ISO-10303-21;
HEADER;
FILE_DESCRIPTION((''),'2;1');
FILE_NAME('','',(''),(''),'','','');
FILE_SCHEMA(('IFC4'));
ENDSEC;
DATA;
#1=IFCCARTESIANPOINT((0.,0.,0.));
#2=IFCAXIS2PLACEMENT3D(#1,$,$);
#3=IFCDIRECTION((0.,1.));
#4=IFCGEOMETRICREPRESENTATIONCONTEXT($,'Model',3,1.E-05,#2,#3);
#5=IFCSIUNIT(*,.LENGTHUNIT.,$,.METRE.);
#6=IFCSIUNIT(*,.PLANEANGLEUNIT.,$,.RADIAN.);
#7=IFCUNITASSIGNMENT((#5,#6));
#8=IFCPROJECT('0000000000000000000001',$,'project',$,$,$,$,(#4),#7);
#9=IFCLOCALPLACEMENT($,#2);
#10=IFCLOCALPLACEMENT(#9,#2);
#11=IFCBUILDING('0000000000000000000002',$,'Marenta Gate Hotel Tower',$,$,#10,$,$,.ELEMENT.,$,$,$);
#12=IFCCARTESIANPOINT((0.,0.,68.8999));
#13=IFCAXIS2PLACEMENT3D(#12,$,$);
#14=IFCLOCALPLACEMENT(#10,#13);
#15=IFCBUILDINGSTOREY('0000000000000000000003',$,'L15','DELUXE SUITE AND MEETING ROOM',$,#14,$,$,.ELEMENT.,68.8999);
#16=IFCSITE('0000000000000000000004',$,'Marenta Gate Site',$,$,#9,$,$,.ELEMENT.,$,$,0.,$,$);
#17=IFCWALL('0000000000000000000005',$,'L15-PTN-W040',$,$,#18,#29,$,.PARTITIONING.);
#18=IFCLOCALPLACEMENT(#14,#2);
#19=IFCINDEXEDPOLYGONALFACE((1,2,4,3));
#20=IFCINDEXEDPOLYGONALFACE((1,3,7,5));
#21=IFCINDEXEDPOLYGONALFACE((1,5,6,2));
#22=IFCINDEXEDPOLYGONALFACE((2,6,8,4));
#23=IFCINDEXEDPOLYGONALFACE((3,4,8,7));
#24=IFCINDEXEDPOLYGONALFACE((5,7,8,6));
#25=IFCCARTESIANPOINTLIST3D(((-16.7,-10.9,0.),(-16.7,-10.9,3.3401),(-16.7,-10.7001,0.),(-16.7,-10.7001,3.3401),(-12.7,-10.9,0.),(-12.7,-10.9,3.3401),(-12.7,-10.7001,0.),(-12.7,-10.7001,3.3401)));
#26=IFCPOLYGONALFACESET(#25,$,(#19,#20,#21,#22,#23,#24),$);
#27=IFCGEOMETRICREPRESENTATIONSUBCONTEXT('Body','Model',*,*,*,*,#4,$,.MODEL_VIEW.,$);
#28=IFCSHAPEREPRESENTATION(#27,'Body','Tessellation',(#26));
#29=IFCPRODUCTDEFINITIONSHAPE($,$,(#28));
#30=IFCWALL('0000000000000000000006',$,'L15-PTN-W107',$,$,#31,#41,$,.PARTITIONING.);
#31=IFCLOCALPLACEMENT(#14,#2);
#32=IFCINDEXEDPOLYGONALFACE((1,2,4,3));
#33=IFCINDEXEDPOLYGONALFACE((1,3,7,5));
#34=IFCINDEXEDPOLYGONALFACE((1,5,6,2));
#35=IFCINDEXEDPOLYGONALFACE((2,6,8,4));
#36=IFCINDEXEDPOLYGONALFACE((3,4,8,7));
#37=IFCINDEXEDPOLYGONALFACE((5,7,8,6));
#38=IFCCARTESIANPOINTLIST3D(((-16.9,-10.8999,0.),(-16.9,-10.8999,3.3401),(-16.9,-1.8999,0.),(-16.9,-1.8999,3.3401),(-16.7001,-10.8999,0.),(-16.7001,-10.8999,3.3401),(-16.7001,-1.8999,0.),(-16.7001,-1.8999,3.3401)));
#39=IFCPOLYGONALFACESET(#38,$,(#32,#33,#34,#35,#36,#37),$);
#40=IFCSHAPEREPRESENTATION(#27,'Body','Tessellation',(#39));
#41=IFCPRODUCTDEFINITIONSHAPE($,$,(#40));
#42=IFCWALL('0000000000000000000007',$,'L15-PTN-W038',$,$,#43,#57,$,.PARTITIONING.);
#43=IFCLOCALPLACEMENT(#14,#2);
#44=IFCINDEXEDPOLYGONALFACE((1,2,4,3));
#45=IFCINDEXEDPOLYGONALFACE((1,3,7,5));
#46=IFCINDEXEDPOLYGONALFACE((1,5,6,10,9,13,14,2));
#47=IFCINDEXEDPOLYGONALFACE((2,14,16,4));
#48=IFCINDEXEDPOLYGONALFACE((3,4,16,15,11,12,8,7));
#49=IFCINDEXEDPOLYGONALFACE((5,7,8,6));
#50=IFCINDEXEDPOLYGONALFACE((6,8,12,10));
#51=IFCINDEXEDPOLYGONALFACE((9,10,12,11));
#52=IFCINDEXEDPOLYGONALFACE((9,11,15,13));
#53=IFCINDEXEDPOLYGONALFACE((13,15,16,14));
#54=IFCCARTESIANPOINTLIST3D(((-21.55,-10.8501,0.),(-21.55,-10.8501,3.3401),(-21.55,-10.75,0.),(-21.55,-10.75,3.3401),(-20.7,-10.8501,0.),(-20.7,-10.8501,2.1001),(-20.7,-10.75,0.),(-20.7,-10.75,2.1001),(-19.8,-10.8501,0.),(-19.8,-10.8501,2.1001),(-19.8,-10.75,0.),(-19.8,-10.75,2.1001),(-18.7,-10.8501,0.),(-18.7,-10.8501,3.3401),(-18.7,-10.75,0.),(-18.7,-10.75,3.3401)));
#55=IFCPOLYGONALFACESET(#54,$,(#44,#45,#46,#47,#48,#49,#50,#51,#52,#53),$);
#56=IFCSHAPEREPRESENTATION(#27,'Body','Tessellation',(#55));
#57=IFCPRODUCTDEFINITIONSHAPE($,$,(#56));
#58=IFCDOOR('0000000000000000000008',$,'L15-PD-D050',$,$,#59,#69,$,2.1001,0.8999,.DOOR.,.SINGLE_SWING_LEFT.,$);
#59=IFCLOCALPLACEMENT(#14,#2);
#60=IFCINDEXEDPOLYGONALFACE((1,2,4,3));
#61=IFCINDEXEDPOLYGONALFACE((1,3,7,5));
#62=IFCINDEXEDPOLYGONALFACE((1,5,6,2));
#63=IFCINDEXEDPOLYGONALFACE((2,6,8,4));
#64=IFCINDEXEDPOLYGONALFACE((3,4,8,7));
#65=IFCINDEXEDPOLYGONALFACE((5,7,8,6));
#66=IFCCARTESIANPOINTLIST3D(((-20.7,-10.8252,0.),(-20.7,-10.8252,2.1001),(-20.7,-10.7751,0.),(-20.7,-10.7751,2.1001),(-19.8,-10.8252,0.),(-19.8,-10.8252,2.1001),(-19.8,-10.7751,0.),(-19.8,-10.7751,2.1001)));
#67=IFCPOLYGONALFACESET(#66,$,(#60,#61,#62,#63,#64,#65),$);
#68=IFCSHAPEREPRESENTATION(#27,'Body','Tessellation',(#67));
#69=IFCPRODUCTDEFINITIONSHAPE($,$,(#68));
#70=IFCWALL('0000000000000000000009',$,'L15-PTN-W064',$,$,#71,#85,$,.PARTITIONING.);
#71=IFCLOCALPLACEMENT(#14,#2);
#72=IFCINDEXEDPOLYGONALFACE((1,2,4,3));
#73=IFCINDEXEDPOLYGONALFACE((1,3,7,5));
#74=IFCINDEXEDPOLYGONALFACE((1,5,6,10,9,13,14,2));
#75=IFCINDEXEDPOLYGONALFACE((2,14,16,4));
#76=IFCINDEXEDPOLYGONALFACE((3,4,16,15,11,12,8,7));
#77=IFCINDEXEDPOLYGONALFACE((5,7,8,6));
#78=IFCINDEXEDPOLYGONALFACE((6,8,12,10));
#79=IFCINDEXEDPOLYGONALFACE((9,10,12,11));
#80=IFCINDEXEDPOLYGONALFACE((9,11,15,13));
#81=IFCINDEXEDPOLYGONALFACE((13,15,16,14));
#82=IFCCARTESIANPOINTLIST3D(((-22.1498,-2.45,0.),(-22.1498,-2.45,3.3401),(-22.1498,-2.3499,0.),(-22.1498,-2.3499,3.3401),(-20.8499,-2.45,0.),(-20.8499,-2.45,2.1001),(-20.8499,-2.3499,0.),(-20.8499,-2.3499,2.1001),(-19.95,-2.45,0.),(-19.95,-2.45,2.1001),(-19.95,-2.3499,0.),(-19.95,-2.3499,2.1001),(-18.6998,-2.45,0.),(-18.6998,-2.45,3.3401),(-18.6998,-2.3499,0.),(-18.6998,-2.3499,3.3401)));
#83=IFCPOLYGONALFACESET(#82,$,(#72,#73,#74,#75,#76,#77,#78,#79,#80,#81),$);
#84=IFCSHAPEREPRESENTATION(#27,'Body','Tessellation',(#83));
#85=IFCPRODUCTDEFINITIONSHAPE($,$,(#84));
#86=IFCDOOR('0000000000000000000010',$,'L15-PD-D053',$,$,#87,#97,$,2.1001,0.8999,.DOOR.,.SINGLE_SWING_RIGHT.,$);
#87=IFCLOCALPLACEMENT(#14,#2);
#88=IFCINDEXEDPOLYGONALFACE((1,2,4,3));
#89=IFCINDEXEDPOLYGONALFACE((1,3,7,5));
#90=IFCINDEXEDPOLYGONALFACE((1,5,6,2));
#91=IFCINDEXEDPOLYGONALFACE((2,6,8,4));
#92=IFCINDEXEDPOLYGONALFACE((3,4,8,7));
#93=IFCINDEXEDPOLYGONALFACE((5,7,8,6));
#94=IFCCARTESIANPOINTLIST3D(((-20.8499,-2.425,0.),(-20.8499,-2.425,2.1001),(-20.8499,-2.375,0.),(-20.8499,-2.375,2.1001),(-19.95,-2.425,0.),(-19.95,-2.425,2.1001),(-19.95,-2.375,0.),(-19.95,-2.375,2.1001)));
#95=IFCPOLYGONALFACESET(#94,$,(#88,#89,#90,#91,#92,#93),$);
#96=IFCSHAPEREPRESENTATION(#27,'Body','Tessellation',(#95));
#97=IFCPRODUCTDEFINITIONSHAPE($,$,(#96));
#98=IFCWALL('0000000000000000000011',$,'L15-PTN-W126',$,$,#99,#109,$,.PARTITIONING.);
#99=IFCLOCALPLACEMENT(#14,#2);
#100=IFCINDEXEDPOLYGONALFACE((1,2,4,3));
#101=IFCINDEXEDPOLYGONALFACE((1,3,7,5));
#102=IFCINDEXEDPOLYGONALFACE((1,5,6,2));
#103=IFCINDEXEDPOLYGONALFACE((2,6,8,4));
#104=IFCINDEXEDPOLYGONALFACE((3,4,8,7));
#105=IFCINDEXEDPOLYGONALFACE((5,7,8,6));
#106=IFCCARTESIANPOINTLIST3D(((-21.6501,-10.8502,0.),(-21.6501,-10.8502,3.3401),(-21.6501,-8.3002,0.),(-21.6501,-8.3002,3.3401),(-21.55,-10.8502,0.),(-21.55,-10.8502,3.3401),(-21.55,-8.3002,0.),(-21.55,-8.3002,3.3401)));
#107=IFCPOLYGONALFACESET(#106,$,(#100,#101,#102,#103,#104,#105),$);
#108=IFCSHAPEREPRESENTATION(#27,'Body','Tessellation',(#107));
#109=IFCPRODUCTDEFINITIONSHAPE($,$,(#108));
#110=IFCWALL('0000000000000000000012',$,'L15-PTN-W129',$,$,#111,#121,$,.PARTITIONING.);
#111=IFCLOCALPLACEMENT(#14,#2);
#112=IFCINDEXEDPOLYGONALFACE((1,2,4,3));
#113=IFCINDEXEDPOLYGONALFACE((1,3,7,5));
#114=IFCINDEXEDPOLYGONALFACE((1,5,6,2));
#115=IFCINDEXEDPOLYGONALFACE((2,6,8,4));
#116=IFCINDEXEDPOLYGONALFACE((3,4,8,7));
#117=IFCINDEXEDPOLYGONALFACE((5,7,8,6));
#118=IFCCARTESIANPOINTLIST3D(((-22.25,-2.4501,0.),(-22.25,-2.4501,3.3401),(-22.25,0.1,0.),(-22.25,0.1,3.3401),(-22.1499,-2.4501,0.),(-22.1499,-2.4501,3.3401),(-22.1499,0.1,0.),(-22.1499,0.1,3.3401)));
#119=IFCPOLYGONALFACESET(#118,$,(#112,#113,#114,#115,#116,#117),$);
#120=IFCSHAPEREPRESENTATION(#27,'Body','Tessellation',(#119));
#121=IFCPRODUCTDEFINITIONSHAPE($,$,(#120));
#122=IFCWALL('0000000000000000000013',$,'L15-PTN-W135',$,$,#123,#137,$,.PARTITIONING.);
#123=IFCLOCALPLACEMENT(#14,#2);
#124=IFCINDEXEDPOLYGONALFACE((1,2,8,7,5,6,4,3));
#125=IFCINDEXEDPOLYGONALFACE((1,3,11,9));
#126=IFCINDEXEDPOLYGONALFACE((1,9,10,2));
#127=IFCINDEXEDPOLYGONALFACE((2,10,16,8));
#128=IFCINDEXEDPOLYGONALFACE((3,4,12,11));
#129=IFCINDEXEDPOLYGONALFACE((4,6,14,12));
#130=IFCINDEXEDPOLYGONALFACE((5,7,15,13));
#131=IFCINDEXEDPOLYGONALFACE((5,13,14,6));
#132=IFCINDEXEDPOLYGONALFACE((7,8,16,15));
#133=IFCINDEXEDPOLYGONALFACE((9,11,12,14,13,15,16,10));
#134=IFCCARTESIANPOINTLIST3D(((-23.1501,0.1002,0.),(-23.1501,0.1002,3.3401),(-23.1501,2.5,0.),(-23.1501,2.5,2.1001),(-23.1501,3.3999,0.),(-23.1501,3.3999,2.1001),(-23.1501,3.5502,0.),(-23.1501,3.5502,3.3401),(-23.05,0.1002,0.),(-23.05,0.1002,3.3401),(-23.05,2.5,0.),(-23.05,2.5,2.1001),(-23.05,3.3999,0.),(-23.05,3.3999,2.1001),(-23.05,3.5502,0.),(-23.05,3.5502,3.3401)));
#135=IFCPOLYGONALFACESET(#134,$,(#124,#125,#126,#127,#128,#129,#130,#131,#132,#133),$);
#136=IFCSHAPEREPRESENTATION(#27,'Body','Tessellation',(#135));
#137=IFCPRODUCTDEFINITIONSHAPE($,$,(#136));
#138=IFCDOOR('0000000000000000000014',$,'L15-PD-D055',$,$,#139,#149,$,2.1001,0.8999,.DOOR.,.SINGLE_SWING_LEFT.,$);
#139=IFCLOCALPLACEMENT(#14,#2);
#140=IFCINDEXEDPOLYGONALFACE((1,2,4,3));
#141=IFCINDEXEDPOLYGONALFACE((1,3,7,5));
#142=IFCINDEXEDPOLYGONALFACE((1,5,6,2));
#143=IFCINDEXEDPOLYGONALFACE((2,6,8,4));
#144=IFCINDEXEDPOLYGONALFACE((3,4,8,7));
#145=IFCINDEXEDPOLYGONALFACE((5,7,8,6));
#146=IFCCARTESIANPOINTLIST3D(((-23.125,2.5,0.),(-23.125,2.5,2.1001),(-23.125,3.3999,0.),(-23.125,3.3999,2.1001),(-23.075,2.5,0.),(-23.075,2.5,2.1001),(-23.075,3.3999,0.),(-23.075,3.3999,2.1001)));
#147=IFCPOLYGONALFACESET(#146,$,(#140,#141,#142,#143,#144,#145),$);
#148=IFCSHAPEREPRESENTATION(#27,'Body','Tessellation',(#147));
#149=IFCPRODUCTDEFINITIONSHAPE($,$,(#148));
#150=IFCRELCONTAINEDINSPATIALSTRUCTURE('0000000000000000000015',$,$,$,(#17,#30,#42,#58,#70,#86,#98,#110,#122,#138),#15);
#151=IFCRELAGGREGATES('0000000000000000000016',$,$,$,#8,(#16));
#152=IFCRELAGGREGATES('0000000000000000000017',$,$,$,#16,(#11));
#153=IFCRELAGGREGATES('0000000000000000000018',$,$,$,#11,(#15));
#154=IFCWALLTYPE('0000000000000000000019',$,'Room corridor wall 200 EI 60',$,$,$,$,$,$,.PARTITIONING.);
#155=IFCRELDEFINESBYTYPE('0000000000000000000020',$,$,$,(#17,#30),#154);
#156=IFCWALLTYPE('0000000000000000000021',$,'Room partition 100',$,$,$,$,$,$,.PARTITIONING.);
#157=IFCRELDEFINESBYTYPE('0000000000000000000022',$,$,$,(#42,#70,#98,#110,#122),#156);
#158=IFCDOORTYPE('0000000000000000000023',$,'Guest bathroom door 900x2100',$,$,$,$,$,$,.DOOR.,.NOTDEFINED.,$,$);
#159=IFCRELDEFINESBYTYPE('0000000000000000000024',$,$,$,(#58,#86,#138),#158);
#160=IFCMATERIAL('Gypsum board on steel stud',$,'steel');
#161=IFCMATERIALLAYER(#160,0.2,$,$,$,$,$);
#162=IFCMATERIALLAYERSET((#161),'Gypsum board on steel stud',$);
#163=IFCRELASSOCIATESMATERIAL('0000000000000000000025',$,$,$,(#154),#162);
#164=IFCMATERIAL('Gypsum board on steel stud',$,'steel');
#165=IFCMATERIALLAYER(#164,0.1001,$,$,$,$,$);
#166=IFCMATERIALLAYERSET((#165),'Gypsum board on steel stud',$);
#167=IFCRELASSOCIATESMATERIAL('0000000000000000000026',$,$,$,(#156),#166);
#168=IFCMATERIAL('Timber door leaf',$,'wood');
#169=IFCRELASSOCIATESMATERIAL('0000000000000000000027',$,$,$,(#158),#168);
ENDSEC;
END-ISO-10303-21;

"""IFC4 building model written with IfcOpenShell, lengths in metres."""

from ifc_helpers import new_model, si_unit, direction, frame, frame_2d, origin, place, context, subcontext, project, spatial, rectangle, extrude, material, layer, layer_set, type_object, element, fill, save


model = new_model("IFC4")

# Units and contexts
model_context = context("Model", 3, precision=1e-05, world=origin(), true_north=direction((0.0, 1.0)))
body_context = subcontext(model_context, "Body", "Model", "MODEL_VIEW")
ifc_project = project(units=[si_unit("LENGTHUNIT", "METRE"), si_unit("PLANEANGLEUNIT", "RADIAN")], contexts=[model_context])

# Site, building, storey
site_placement = place(None, origin())
site = spatial("IfcSite", under=ifc_project, at=site_placement, Name="Marenta Gate Site", CompositionType="ELEMENT", RefElevation=0.0)
building_placement = place(site_placement, origin())
building = spatial("IfcBuilding", under=site, at=building_placement, Name="Marenta Gate Hotel Tower", CompositionType="ELEMENT")
storey_placement = place(building_placement, frame((0.0, 0.0, 68.8999)))
storey = spatial("IfcBuildingStorey", under=building, at=storey_placement, Name="L15", Description="DELUXE SUITE AND MEETING ROOM", CompositionType="ELEMENT", Elevation=68.8999)

# Wall
ifc_material_1 = material(Name="Gypsum board on steel stud", Category="steel")
ifc_layer_1 = layer(ifc_material_1, 0.2)
ifc_layer_set_1 = layer_set([ifc_layer_1], Name="Gypsum board on steel stud")
wall_type_1 = type_object("IfcWallType", Name="Room corridor wall 200 EI 60", PredefinedType="PARTITIONING", material=ifc_layer_set_1)
wall_1_placement = place(storey_placement, frame((-16.7, -10.8, 0.0), z_axis=(0.0, 0.0, 1.0), x_axis=(1.0, 0.0, 0.0)))
element("IfcWall", 1, at=wall_1_placement, inside=storey, type_object=wall_type_1, Name="L15-PTN-W040", PredefinedType="PARTITIONING", context=body_context, shape_type="SweptSolid", body=[
    extrude(rectangle(XDim=4.0, YDim=0.2, at=frame_2d((2.0, 0.0))), origin(), (0.0, 0.0, 1.0), 3.3401),
])

# Wall
wall_2_placement = place(storey_placement, frame((-16.8, -10.8999, 0.0), z_axis=(0.0, 0.0, 1.0), x_axis=(0.0, 1.0, 0.0)))
element("IfcWall", 2, at=wall_2_placement, inside=storey, type_object=wall_type_1, Name="L15-PTN-W107", PredefinedType="PARTITIONING", context=body_context, shape_type="SweptSolid", body=[
    extrude(rectangle(XDim=9.0, YDim=0.2, at=frame_2d((4.5, 0.0))), origin(), (0.0, 0.0, 1.0), 3.3401),
])

# Walls, openings, doors
ifc_material_2 = material(Name="Gypsum board on steel stud", Category="steel")
ifc_layer_2 = layer(ifc_material_2, 0.1001)
ifc_layer_set_2 = layer_set([ifc_layer_2], Name="Gypsum board on steel stud")
wall_type_2 = type_object("IfcWallType", Name="Room partition 100", PredefinedType="PARTITIONING", material=ifc_layer_set_2)
wall_3_placement = place(storey_placement, frame((-21.55, -10.8, 0.0), z_axis=(0.0, 0.0, 1.0), x_axis=(1.0, 0.0, 0.0)))
wall_3 = element("IfcWall", 3, at=wall_3_placement, inside=storey, type_object=wall_type_2, Name="L15-PTN-W038", PredefinedType="PARTITIONING", context=body_context, shape_type="SweptSolid", body=[
    extrude(rectangle(XDim=2.8501, YDim=0.1001, at=frame_2d((1.425, 0.0))), origin(), (0.0, 0.0, 1.0), 3.3401),
])
opening_1_placement = place(wall_3_placement, frame((0.8501, 0.0, 0.0)))
opening_1 = element("IfcOpeningElement", 4, at=opening_1_placement, cuts=wall_3, PredefinedType="OPENING", context=body_context, shape_type="SweptSolid", body=[
    extrude(rectangle(XDim=0.8999, YDim=2.1001, at=frame_2d((0.45, 1.05))), frame((0.0, 0.05, 0.0), z_axis=(0.0, -1.0, 0.0), x_axis=(1.0, 0.0, 0.0)), (0.0, 0.0, 1.0), 0.1001),
])
ifc_material_3 = material(Name="Timber door leaf", Category="wood")
door_type_1 = type_object("IfcDoorType", Name="Guest bathroom door 900x2100", OperationType="NOTDEFINED", PredefinedType="DOOR", material=ifc_material_3)
door_1_placement = place(opening_1_placement, origin())
door_1 = element("IfcDoor", 5, at=door_1_placement, inside=storey, type_object=door_type_1, Name="L15-PD-D050", OperationType="SINGLE_SWING_LEFT", OverallHeight=2.1001, OverallWidth=0.8999, PredefinedType="DOOR", context=body_context, shape_type="SweptSolid", body=[
    extrude(rectangle(XDim=0.8999, YDim=2.1001, at=frame_2d((0.45, 1.05))), frame((0.0, 0.0249, 0.0), z_axis=(0.0, -1.0, 0.0), x_axis=(1.0, 0.0, 0.0)), (0.0, 0.0, 1.0), 0.05),
])
fill(opening_1, door_1)
wall_4_placement = place(storey_placement, frame((-22.1499, -2.3999, 0.0), z_axis=(0.0, 0.0, 1.0), x_axis=(1.0, 0.0, 0.0)))
wall_4 = element("IfcWall", 6, at=wall_4_placement, inside=storey, type_object=wall_type_2, Name="L15-PTN-W064", PredefinedType="PARTITIONING", context=body_context, shape_type="SweptSolid", body=[
    extrude(rectangle(XDim=3.45, YDim=0.1001, at=frame_2d((1.7251, 0.0))), origin(), (0.0, 0.0, 1.0), 3.3401),
])
opening_2_placement = place(wall_4_placement, frame((1.3, 0.0, 0.0)))
opening_2 = element("IfcOpeningElement", 7, at=opening_2_placement, cuts=wall_4, PredefinedType="OPENING", context=body_context, shape_type="SweptSolid", body=[
    extrude(rectangle(XDim=0.8999, YDim=2.1001, at=frame_2d((0.45, 1.05))), frame((0.0, 0.05, 0.0), z_axis=(0.0, -1.0, 0.0), x_axis=(1.0, 0.0, 0.0)), (0.0, 0.0, 1.0), 0.1001),
])
door_2_placement = place(opening_2_placement, origin())
door_2 = element("IfcDoor", 8, at=door_2_placement, inside=storey, type_object=door_type_1, Name="L15-PD-D053", OperationType="SINGLE_SWING_RIGHT", OverallHeight=2.1001, OverallWidth=0.8999, PredefinedType="DOOR", context=body_context, shape_type="SweptSolid", body=[
    extrude(rectangle(XDim=0.8999, YDim=2.1001, at=frame_2d((0.45, 1.05))), frame((0.0, 0.0249, 0.0), z_axis=(0.0, -1.0, 0.0), x_axis=(1.0, 0.0, 0.0)), (0.0, 0.0, 1.0), 0.05),
])
fill(opening_2, door_2)

# Walls
for number, where, z_axis, x_axis, name in (
    (9, (-21.6001, -10.8501, 0.0), (0.0, 0.0, 1.0), (0.0, 1.0, 0.0), "L15-PTN-W126"),
    (10, (-22.2, -2.45, 0.0), (0.0, 0.0, 1.0), (0.0, 1.0, 0.0), "L15-PTN-W129"),
):
    element("IfcWall", number, at=place(storey_placement, frame(where, z_axis=z_axis, x_axis=x_axis)), inside=storey, type_object=wall_type_2, Name=name, PredefinedType="PARTITIONING", context=body_context, shape_type="SweptSolid", body=[
        extrude(rectangle(XDim=2.55, YDim=0.1001, at=frame_2d((1.2749, 0.0))), origin(), (0.0, 0.0, 1.0), 3.3401),
    ])

# Wall, opening, door
wall_5_placement = place(storey_placement, frame((-23.1001, 0.1001, 0.0), z_axis=(0.0, 0.0, 1.0), x_axis=(0.0, 1.0, 0.0)))
wall_5 = element("IfcWall", 11, at=wall_5_placement, inside=storey, type_object=wall_type_2, Name="L15-PTN-W135", PredefinedType="PARTITIONING", context=body_context, shape_type="SweptSolid", body=[
    extrude(rectangle(XDim=3.45, YDim=0.1001, at=frame_2d((1.7251, 0.0))), origin(), (0.0, 0.0, 1.0), 3.3401),
])
opening_3_placement = place(wall_5_placement, frame((2.3999, 0.0, 0.0)))
opening_3 = element("IfcOpeningElement", 12, at=opening_3_placement, cuts=wall_5, PredefinedType="OPENING", context=body_context, shape_type="SweptSolid", body=[
    extrude(rectangle(XDim=0.8999, YDim=2.1001, at=frame_2d((0.45, 1.05))), frame((0.0, 0.05, 0.0), z_axis=(0.0, -1.0, 0.0), x_axis=(1.0, 0.0, 0.0)), (0.0, 0.0, 1.0), 0.1001),
])
door_3_placement = place(opening_3_placement, origin())
door_3 = element("IfcDoor", 13, at=door_3_placement, inside=storey, type_object=door_type_1, Name="L15-PD-D055", OperationType="SINGLE_SWING_LEFT", OverallHeight=2.1001, OverallWidth=0.8999, PredefinedType="DOOR", context=body_context, shape_type="SweptSolid", body=[
    extrude(rectangle(XDim=0.8999, YDim=2.1001, at=frame_2d((0.45, 1.05))), frame((0.0, 0.0249, 0.0), z_axis=(0.0, -1.0, 0.0), x_axis=(1.0, 0.0, 0.0)), (0.0, 0.0, 1.0), 0.05),
])
fill(opening_3, door_3)

save(model, "model.ifc")
